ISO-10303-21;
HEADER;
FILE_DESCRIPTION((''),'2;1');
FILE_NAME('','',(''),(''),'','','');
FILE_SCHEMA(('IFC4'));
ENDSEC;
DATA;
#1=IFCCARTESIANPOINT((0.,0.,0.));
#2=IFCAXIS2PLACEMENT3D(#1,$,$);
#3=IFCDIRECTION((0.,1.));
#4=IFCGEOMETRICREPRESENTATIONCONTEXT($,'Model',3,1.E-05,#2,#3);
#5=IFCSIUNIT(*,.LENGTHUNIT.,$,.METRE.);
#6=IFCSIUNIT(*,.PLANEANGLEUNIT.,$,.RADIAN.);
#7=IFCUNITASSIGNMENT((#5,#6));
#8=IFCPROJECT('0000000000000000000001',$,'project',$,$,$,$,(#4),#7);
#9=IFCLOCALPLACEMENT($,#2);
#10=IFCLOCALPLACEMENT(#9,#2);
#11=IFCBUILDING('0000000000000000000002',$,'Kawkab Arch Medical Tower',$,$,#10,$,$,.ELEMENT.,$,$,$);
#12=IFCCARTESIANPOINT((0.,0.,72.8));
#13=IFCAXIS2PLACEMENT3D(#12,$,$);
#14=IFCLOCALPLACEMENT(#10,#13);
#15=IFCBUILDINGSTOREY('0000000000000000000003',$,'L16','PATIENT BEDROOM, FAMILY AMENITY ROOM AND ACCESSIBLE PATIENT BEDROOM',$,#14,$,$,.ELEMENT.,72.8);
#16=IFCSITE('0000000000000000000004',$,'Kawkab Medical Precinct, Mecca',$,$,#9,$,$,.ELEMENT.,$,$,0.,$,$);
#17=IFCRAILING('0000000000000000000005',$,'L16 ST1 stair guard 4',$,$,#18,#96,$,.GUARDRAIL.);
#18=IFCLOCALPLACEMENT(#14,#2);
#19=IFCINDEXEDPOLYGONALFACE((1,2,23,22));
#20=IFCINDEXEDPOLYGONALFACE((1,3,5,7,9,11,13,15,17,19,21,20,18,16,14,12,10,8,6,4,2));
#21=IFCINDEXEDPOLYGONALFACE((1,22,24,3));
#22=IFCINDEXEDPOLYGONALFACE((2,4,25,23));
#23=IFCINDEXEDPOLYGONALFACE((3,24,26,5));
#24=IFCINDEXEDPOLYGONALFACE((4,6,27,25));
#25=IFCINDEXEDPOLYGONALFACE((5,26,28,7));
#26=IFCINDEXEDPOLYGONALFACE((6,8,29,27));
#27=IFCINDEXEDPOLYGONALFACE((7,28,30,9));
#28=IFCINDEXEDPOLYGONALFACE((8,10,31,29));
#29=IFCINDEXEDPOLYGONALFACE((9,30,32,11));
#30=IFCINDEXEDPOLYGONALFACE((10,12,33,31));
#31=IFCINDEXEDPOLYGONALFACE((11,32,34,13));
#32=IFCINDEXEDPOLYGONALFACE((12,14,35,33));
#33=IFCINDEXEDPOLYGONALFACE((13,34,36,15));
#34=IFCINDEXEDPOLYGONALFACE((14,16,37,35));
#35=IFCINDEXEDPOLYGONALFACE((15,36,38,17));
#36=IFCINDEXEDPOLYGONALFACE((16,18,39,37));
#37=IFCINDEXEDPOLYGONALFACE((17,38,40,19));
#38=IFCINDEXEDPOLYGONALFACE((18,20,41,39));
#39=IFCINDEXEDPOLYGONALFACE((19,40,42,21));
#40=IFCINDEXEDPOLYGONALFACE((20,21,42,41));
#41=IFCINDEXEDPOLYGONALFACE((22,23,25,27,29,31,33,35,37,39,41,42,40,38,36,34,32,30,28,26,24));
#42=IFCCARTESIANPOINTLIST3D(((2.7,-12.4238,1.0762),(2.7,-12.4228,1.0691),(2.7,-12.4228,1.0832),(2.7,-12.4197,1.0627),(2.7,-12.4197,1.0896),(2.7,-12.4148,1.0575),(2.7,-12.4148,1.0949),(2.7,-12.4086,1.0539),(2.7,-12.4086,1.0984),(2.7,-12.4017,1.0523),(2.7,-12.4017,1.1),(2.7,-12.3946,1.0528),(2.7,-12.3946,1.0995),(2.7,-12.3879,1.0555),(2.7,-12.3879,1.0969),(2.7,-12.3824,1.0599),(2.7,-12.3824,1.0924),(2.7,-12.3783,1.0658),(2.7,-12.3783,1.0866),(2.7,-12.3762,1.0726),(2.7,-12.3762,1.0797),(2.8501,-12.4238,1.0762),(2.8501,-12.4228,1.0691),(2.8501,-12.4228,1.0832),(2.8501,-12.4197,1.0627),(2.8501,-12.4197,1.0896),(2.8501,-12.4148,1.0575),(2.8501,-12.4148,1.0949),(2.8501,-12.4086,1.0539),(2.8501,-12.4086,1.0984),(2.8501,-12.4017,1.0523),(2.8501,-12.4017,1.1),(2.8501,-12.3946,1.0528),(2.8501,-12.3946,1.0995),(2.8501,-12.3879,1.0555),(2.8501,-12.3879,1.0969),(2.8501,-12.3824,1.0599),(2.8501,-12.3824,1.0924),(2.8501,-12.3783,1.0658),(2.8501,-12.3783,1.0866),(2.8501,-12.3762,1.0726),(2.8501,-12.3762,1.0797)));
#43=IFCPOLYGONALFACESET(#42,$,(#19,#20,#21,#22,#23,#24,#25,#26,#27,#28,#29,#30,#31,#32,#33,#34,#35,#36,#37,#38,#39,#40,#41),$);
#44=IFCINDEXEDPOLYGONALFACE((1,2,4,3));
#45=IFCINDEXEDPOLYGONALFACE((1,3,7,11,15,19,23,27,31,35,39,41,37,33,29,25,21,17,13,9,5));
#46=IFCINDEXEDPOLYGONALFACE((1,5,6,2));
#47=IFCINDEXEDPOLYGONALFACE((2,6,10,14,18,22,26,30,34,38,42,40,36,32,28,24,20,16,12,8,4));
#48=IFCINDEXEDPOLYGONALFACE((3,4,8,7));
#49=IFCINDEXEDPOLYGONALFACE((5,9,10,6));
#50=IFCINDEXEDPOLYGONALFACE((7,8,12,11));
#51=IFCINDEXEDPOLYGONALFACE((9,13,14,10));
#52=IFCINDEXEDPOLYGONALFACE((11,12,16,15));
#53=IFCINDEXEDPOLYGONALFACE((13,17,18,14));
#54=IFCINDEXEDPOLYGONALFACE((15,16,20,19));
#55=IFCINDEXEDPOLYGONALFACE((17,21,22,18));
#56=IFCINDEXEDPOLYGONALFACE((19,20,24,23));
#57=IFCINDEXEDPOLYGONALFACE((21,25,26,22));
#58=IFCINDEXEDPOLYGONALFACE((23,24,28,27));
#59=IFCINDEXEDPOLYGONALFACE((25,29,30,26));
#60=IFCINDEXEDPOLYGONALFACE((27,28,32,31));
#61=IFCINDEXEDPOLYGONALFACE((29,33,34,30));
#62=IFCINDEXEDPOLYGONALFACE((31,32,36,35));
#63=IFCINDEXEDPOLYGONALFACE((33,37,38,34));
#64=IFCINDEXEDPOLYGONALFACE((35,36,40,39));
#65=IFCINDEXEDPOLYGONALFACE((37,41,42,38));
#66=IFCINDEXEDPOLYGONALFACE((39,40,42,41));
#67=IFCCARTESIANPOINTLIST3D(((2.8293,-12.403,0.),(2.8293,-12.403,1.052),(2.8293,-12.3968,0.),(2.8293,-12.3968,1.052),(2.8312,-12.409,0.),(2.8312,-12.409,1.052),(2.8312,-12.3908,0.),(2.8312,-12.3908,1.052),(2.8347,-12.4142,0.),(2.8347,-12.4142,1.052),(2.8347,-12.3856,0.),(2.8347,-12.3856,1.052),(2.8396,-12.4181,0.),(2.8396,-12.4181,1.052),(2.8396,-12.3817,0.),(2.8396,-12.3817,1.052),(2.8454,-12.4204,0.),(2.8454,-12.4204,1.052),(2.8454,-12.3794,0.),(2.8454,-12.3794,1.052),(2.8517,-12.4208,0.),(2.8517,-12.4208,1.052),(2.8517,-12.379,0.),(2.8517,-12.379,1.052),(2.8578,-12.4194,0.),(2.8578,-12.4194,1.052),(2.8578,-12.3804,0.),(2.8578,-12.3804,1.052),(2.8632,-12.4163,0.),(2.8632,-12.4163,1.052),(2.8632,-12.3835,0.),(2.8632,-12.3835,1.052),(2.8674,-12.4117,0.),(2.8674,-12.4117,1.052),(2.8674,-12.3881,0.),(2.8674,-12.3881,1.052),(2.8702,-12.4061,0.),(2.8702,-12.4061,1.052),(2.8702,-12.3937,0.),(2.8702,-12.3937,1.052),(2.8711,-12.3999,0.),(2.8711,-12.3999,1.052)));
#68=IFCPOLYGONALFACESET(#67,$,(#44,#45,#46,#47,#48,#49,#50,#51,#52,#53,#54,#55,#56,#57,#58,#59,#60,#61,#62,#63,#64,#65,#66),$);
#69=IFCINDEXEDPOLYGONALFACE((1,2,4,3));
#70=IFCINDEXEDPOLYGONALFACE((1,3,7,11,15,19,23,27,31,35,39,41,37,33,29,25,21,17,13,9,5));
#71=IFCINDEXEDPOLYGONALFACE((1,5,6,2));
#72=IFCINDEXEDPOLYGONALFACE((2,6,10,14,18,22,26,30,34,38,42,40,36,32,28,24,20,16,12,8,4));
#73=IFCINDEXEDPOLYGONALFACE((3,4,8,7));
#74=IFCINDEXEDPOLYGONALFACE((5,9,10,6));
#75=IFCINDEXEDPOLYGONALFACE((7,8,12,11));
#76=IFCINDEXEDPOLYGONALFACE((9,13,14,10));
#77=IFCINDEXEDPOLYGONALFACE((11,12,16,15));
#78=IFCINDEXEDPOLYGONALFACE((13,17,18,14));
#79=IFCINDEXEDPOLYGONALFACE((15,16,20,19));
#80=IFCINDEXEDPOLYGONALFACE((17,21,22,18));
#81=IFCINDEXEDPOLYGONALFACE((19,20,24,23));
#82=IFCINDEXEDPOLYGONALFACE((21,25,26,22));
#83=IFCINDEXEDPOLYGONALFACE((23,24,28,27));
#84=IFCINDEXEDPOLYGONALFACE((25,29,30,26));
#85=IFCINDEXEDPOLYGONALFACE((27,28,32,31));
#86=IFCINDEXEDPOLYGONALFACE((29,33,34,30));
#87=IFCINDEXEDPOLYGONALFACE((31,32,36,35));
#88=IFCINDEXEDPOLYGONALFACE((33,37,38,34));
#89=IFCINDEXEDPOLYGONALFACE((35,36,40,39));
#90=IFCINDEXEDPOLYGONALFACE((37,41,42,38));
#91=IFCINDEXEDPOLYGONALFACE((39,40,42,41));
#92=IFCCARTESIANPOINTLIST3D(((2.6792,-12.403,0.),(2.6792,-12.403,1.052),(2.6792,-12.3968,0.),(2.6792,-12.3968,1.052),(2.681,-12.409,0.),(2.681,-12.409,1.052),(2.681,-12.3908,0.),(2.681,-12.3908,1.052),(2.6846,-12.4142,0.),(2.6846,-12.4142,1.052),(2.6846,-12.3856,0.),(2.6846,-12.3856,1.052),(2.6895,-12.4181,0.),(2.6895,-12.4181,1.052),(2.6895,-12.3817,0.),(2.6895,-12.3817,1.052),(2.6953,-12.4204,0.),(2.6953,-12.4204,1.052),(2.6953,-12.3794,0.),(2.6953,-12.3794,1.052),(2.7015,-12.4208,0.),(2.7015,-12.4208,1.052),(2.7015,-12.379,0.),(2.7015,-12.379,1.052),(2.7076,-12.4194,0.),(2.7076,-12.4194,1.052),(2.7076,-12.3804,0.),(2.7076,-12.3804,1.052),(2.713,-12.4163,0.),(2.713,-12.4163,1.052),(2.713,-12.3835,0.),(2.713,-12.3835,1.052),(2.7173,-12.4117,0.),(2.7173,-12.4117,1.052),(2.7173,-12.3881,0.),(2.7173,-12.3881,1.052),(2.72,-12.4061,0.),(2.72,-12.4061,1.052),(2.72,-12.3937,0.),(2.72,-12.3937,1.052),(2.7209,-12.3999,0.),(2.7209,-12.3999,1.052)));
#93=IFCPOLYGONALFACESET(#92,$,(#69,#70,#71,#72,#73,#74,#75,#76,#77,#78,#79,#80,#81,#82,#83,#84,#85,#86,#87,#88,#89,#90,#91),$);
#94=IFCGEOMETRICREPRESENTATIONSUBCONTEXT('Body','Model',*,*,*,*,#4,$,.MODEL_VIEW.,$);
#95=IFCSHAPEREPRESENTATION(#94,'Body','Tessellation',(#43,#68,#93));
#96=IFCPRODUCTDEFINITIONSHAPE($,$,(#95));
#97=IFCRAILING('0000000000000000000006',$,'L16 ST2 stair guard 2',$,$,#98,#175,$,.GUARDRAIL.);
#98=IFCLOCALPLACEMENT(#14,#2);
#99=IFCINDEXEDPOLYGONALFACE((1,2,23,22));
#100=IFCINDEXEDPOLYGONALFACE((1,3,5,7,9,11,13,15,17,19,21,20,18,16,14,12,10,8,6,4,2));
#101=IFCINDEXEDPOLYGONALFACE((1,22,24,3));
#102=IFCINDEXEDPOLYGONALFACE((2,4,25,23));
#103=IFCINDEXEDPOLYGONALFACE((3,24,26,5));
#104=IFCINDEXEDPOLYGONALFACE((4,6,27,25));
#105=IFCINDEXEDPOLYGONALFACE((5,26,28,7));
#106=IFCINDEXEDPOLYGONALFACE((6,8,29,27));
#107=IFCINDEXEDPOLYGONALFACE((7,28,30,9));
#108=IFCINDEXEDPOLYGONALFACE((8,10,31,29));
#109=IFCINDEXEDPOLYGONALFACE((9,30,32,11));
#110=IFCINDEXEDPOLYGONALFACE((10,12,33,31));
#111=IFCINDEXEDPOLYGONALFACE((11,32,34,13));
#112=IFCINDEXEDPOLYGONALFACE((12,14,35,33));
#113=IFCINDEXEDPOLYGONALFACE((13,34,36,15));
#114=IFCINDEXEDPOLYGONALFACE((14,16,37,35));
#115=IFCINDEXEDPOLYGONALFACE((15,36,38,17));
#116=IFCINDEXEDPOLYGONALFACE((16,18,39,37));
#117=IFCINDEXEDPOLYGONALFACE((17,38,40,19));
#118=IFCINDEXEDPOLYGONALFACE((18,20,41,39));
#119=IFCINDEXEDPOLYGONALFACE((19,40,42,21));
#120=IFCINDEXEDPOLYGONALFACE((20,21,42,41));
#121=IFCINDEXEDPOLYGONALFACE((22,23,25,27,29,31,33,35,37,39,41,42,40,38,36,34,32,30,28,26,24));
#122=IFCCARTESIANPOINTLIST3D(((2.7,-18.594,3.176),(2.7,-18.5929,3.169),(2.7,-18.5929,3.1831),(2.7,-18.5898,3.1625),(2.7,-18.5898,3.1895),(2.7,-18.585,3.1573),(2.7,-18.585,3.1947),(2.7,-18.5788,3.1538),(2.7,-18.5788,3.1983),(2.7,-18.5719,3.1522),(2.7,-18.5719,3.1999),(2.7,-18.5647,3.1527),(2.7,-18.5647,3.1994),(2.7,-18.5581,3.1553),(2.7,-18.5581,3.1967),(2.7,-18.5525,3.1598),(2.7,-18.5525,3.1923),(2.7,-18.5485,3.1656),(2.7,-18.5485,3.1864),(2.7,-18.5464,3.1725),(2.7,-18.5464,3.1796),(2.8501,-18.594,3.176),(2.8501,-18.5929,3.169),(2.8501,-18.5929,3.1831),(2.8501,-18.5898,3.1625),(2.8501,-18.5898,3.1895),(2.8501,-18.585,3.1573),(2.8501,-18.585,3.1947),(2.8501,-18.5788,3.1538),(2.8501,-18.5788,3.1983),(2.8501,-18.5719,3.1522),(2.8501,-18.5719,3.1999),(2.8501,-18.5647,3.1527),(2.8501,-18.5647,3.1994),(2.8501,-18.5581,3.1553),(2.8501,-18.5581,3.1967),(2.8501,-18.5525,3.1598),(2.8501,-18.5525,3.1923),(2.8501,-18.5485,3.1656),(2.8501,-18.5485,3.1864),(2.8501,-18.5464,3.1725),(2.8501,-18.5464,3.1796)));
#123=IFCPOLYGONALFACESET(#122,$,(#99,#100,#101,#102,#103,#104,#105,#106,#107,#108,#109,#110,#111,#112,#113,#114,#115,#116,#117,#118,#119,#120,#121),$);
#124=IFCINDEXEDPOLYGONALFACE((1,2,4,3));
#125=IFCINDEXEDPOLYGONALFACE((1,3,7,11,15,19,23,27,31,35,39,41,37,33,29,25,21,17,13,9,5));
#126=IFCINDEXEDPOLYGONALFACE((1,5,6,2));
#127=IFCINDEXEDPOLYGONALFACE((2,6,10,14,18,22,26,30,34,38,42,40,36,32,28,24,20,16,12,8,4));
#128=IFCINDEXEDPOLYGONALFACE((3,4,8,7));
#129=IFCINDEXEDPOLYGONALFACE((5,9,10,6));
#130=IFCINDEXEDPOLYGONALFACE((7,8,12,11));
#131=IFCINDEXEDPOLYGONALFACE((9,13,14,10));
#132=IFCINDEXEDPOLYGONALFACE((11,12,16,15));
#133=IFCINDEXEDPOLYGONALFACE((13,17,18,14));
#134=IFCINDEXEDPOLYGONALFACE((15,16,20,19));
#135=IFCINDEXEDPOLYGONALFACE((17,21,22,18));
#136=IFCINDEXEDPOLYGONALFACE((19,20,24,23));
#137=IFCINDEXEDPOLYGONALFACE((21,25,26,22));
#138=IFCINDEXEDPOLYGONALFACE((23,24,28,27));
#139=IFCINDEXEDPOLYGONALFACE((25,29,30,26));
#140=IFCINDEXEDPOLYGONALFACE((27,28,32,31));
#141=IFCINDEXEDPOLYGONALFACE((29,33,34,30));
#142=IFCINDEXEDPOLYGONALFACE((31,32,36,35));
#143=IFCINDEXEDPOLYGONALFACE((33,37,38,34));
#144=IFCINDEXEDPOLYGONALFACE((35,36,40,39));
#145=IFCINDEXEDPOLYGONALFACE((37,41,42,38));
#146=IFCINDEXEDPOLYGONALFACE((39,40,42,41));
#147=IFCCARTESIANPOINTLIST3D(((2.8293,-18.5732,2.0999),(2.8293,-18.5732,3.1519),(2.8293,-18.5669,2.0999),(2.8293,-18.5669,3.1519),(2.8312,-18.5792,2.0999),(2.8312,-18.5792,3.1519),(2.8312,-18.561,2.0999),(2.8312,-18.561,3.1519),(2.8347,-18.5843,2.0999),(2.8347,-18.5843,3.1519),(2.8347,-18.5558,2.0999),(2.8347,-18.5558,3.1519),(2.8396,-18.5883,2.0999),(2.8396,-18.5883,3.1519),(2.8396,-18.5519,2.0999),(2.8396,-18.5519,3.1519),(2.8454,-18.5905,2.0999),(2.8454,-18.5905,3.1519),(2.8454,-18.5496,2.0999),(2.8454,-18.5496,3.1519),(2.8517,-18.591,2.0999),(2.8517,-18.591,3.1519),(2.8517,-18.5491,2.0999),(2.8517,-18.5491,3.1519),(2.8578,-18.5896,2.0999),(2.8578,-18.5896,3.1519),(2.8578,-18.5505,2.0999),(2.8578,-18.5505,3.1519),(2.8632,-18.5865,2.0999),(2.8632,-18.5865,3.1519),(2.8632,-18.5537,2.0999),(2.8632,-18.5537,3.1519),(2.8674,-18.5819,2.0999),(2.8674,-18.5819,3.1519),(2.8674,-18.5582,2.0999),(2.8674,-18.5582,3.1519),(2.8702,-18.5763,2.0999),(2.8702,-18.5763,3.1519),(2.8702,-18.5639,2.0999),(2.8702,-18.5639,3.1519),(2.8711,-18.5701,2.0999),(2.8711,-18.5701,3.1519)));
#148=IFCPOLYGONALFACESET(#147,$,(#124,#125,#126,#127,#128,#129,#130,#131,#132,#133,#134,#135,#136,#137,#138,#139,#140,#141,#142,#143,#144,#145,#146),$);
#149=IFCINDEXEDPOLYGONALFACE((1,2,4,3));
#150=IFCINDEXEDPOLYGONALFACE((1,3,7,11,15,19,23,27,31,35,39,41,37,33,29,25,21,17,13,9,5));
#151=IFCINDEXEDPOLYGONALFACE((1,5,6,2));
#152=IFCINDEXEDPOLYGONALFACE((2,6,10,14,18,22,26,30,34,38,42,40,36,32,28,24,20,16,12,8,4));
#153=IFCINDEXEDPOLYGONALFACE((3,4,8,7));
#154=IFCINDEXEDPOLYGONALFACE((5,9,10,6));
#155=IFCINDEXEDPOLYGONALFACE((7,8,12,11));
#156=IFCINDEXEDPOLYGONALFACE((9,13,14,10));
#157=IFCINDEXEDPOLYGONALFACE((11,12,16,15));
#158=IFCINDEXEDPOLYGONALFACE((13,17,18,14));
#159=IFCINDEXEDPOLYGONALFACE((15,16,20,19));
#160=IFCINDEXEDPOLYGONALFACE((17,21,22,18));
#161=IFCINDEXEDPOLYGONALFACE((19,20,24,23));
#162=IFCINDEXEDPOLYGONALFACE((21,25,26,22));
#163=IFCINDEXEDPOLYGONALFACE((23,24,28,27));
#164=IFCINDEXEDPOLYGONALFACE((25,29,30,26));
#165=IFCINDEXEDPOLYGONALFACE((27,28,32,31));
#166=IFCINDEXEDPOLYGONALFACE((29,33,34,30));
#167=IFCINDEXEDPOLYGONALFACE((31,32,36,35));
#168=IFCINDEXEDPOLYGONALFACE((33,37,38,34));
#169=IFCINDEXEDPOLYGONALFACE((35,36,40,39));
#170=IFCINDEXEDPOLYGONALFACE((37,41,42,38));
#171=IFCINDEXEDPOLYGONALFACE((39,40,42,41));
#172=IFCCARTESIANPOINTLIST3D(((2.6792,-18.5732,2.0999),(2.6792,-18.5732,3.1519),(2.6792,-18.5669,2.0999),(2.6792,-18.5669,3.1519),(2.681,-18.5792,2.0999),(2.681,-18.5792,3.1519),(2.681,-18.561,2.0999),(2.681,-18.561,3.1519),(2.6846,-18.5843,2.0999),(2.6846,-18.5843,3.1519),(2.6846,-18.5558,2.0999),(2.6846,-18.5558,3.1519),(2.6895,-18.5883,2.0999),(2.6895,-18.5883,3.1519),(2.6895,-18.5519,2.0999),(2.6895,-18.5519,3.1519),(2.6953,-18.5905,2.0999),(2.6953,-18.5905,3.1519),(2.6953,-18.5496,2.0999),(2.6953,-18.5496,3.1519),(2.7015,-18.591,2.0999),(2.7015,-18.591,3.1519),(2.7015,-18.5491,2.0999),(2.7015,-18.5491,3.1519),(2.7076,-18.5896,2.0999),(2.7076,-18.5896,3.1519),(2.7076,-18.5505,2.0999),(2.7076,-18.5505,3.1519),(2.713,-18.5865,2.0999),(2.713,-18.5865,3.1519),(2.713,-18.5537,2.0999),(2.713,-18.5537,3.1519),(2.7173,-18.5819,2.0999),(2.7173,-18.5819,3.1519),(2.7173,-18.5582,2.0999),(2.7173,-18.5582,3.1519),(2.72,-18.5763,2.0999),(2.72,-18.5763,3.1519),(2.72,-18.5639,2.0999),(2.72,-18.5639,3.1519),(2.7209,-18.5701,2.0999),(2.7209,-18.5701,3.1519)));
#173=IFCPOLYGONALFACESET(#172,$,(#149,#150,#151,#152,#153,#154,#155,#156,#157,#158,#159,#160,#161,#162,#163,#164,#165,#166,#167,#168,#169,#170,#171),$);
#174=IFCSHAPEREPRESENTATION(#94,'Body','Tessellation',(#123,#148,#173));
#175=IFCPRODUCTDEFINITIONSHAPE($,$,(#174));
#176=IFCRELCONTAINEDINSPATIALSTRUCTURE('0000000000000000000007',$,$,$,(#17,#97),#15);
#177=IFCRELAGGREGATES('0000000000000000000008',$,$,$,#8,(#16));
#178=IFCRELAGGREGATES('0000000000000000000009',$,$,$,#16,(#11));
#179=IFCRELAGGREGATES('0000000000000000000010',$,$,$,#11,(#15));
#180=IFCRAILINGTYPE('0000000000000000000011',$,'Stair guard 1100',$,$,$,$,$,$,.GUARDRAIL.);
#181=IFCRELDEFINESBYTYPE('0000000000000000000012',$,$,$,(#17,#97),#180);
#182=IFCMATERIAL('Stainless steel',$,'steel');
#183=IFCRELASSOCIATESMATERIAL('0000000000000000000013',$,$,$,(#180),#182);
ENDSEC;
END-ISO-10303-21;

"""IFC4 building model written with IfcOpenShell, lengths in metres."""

from ifc_helpers import new_model, si_unit, direction, frame, origin, origin_2d, place, context, subcontext, project, spatial, circle, extrude, material, type_object, element, save


model = new_model("IFC4")

# Units and contexts
model_context = context("Model", 3, precision=1e-05, world=origin(), true_north=direction((0.0, 1.0)))
body_context = subcontext(model_context, "Body", "Model", "MODEL_VIEW")
ifc_project = project(units=[si_unit("LENGTHUNIT", "METRE"), si_unit("PLANEANGLEUNIT", "RADIAN")], contexts=[model_context])

# Site, building, storey
site_placement = place(None, origin())
site = spatial("IfcSite", under=ifc_project, at=site_placement, Name="Kawkab Medical Precinct, Mecca", CompositionType="ELEMENT", RefElevation=0.0)
building_placement = place(site_placement, origin())
building = spatial("IfcBuilding", under=site, at=building_placement, Name="Kawkab Arch Medical Tower", CompositionType="ELEMENT")
storey_placement = place(building_placement, frame((0.0, 0.0, 72.8)))
storey = spatial("IfcBuildingStorey", under=building, at=storey_placement, Name="L16", Description="PATIENT BEDROOM, FAMILY AMENITY ROOM AND ACCESSIBLE PATIENT BEDROOM", CompositionType="ELEMENT", Elevation=72.8)

# Railings
ifc_material_1 = material(Name="Stainless steel", Category="steel")
railing_type_1 = type_object("IfcRailingType", Name="Stair guard 1100", PredefinedType="GUARDRAIL", material=ifc_material_1)
for number, where, name in (
    (1, (2.8501, -12.3999, 0.0), "L16 ST1 stair guard 4"),
    (2, (2.8501, -18.5701, 2.0999), "L16 ST2 stair guard 2"),
):
    element("IfcRailing", number, at=place(storey_placement, frame(where)), inside=storey, type_object=railing_type_1, Name=name, PredefinedType="GUARDRAIL", context=body_context, shape_type="SweptSolid", body=[
        extrude(circle(Radius=0.0239, at=origin_2d()), frame((0.0, 0.0, 1.0762), z_axis=(-1.0, 0.0, 0.0), x_axis=(0.0, -1.0, 0.0)), (0.0, 0.0, 1.0), 0.1501),
        extrude(circle(Radius=0.021, at=origin_2d()), origin(), (0.0, 0.0, 1.0), 1.052),
        extrude(circle(Radius=0.021, at=origin_2d()), frame((-0.1501, 0.0, 0.0)), (0.0, 0.0, 1.0), 1.052),
    ])

save(model, "model.ifc")
